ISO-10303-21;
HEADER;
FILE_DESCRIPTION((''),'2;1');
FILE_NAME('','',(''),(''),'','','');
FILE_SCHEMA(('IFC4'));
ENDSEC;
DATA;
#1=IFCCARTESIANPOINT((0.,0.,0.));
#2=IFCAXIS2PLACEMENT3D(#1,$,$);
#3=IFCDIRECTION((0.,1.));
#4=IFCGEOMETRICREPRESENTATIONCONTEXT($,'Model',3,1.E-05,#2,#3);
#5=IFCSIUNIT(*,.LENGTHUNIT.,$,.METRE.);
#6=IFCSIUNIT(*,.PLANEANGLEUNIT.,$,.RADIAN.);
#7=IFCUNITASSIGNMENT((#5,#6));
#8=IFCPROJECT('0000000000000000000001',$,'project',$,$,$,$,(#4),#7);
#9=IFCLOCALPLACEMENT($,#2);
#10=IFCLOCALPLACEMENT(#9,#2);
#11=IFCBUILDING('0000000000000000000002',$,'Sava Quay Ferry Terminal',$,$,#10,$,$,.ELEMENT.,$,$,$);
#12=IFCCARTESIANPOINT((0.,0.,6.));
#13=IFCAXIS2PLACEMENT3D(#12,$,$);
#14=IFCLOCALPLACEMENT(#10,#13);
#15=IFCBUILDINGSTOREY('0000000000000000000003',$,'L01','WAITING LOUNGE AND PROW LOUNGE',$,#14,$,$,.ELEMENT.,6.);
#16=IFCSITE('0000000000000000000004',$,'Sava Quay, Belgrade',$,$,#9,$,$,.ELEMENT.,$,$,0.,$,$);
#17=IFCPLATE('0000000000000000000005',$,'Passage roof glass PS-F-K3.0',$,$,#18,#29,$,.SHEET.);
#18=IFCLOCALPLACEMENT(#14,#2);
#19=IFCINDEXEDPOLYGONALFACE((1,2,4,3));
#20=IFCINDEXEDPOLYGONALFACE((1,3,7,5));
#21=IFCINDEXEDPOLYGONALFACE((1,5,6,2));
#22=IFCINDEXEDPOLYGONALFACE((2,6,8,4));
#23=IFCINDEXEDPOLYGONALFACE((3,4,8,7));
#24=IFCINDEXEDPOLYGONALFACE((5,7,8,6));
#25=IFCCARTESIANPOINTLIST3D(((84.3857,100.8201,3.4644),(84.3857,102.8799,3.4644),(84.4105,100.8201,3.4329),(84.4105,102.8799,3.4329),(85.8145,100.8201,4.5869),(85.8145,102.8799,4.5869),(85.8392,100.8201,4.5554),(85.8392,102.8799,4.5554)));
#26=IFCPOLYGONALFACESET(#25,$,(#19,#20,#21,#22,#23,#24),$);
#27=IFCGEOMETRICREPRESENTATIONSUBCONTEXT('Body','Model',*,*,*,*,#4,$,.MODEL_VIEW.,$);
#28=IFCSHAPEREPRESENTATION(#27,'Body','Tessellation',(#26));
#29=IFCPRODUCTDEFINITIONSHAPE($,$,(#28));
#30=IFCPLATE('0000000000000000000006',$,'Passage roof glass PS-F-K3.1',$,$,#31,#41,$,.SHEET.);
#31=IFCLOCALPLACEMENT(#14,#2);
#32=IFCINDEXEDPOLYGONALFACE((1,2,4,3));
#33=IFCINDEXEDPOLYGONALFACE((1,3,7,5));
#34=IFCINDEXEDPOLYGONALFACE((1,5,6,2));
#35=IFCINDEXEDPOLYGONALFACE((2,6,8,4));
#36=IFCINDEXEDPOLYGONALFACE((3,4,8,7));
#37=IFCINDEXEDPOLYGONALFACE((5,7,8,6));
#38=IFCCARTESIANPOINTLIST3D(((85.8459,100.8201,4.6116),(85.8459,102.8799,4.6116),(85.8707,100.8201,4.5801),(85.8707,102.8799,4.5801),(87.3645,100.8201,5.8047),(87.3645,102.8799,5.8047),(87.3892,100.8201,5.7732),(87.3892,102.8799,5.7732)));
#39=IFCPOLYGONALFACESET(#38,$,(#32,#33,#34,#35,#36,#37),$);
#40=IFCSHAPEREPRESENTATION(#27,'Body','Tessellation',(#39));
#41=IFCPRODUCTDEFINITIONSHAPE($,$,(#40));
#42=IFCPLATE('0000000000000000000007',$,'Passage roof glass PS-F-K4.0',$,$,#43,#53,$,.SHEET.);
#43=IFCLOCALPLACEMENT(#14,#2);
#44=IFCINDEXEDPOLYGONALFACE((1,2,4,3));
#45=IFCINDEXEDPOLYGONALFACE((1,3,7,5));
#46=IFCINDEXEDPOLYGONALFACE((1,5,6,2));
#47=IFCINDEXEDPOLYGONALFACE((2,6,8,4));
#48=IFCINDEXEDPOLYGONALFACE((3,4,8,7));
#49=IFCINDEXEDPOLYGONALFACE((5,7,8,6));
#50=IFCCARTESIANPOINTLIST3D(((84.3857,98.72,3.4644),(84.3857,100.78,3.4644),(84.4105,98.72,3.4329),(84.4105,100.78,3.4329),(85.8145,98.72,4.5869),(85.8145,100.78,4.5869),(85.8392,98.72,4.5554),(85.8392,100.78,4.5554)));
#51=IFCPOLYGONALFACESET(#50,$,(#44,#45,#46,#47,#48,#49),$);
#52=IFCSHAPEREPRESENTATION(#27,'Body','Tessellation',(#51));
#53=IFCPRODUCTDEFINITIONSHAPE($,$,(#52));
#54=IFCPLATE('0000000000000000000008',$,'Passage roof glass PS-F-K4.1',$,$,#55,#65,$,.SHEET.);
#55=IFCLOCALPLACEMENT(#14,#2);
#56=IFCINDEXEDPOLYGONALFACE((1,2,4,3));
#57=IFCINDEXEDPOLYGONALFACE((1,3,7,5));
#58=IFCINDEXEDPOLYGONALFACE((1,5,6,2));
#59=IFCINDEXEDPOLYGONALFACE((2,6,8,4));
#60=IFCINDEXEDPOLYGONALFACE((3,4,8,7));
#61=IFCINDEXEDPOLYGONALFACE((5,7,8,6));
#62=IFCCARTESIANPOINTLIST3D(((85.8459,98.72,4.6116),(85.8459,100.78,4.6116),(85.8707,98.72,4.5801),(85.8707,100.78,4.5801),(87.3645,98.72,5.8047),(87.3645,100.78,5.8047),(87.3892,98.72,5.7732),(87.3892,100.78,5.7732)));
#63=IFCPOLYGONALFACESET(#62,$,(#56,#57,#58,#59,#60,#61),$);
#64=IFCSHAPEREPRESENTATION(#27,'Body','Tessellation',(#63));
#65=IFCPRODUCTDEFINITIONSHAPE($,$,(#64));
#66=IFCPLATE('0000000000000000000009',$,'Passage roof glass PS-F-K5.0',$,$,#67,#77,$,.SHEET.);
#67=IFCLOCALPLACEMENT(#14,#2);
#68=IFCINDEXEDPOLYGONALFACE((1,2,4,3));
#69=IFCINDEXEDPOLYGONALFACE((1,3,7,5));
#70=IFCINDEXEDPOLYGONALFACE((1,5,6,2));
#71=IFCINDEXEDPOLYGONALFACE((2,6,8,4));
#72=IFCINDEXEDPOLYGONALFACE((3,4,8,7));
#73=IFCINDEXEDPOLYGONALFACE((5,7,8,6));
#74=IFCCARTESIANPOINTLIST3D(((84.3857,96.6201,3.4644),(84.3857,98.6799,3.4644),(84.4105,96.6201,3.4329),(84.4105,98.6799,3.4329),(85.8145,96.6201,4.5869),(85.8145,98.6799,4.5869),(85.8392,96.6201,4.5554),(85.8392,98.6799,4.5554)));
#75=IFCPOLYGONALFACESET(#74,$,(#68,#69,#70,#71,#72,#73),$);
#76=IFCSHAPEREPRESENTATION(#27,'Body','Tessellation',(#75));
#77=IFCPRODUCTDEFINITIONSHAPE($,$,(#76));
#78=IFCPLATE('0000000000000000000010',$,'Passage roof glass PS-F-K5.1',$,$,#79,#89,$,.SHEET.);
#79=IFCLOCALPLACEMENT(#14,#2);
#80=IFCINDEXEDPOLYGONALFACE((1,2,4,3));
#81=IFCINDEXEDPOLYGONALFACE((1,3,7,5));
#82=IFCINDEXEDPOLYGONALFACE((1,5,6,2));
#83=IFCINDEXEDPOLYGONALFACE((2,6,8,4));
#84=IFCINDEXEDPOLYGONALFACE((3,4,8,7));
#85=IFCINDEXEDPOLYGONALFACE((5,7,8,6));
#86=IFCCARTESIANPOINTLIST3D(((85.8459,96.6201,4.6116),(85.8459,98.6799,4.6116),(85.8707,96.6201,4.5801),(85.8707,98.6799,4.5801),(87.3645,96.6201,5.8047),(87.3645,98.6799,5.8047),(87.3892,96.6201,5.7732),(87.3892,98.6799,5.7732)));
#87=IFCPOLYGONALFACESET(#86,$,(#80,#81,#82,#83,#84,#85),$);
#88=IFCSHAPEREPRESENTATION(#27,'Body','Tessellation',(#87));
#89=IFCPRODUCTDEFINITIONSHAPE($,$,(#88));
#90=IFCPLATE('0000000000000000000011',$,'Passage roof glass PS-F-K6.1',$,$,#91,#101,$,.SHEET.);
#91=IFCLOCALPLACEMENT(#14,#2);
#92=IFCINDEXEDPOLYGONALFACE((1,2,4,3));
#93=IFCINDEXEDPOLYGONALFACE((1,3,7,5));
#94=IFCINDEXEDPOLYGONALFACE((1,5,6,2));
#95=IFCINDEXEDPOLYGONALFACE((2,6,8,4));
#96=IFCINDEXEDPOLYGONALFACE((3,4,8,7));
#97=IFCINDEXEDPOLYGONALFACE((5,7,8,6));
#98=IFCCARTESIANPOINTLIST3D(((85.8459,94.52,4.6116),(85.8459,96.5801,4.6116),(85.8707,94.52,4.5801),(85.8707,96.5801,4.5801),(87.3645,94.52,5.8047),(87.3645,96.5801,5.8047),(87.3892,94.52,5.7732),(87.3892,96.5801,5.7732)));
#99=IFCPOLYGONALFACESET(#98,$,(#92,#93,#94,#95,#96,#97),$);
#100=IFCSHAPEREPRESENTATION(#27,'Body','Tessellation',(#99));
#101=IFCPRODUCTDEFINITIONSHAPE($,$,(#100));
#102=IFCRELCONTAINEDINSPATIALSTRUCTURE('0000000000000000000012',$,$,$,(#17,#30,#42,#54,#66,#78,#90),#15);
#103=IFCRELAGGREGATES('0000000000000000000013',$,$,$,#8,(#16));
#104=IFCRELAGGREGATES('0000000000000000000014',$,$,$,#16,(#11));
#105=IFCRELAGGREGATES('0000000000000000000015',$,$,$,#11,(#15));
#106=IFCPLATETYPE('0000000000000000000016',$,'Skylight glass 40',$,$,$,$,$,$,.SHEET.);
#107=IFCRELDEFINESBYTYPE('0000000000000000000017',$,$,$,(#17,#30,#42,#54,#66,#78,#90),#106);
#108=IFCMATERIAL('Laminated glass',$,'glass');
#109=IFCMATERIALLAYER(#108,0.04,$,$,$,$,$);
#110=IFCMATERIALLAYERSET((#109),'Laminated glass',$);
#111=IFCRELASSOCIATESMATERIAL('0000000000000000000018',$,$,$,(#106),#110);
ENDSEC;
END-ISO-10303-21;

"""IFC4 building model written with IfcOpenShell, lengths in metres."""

from ifc_helpers import new_model, si_unit, direction, frame, origin, place, context, subcontext, project, spatial, polyline, outline, extrude, material, layer, layer_set, type_object, element, save


model = new_model("IFC4")

# Units and contexts
model_context = context("Model", 3, precision=1e-05, world=origin(), true_north=direction((0.0, 1.0)))
body_context = subcontext(model_context, "Body", "Model", "MODEL_VIEW")
ifc_project = project(units=[si_unit("LENGTHUNIT", "METRE"), si_unit("PLANEANGLEUNIT", "RADIAN")], contexts=[model_context])

# Site, building, storey
site_placement = place(None, origin())
site = spatial("IfcSite", under=ifc_project, at=site_placement, Name="Sava Quay, Belgrade", CompositionType="ELEMENT", RefElevation=0.0)
building_placement = place(site_placement, origin())
building = spatial("IfcBuilding", under=site, at=building_placement, Name="Sava Quay Ferry Terminal", CompositionType="ELEMENT")
storey_placement = place(building_placement, frame((0.0, 0.0, 6.0)))
storey = spatial("IfcBuildingStorey", under=building, at=storey_placement, Name="L01", Description="WAITING LOUNGE AND PROW LOUNGE", CompositionType="ELEMENT", Elevation=6.0)

# Plates
ifc_material_1 = material(Name="Laminated glass", Category="glass")
ifc_layer_1 = layer(ifc_material_1, 0.04)
ifc_layer_set_1 = layer_set([ifc_layer_1], Name="Laminated glass")
plate_type_1 = type_object("IfcPlateType", Name="Skylight glass 40", PredefinedType="SHEET", material=ifc_layer_set_1)
plate_1_placement = place(storey_placement, frame((85.8145, 102.8799, 4.5869), z_axis=(-0.617822, 0.0, 0.786318), x_axis=(0.0, -1.0, 0.0)))
element("IfcPlate", 1, at=plate_1_placement, inside=storey, type_object=plate_type_1, Name="Passage roof glass PS-F-K3.0", PredefinedType="SHEET", context=body_context, shape_type="SweptSolid", body=[
    extrude(outline(polyline([(0.0, 0.0), (2.0598, 0.0), (2.0598, -1.817), (0.0, -1.817), (0.0, 0.0)])), origin(), (0.0, 0.0, -1.0), 0.04),
])
plate_2_placement = place(storey_placement, frame((85.8459, 102.8799, 4.6116), z_axis=(-0.61781, 0.0, 0.786327), x_axis=(0.786327, 0.0, 0.61781)))
element("IfcPlate", 2, at=plate_2_placement, inside=storey, type_object=plate_type_1, Name="Passage roof glass PS-F-K3.1", PredefinedType="SHEET", context=body_context, shape_type="SweptSolid", body=[
    extrude(outline(polyline([(0.0, 0.0), (1.9312, 0.0), (1.9312, -2.0598), (0.0, -2.0598), (0.0, 0.0)])), origin(), (0.0, 0.0, -1.0), 0.04),
])
plate_3_placement = place(storey_placement, frame((85.8145, 100.78, 4.5869), z_axis=(-0.617822, 0.0, 0.786318), x_axis=(0.0, -1.0, 0.0)))
element("IfcPlate", 3, at=plate_3_placement, inside=storey, type_object=plate_type_1, Name="Passage roof glass PS-F-K4.0", PredefinedType="SHEET", context=body_context, shape_type="SweptSolid", body=[
    extrude(outline(polyline([(0.0, 0.0), (2.0601, 0.0), (2.0601, -1.817), (0.0, -1.817), (0.0, 0.0)])), origin(), (0.0, 0.0, -1.0), 0.04),
])
plate_4_placement = place(storey_placement, frame((85.8459, 100.78, 4.6116), z_axis=(-0.61781, 0.0, 0.786327), x_axis=(0.786327, 0.0, 0.61781)))
element("IfcPlate", 4, at=plate_4_placement, inside=storey, type_object=plate_type_1, Name="Passage roof glass PS-F-K4.1", PredefinedType="SHEET", context=body_context, shape_type="SweptSolid", body=[
    extrude(outline(polyline([(0.0, 0.0), (1.9312, 0.0), (1.9312, -2.0601), (0.0, -2.0601), (0.0, 0.0)])), origin(), (0.0, 0.0, -1.0), 0.04),
])
plate_5_placement = place(storey_placement, frame((85.8145, 98.6799, 4.5869), z_axis=(-0.617822, 0.0, 0.786318), x_axis=(0.0, -1.0, 0.0)))
element("IfcPlate", 5, at=plate_5_placement, inside=storey, type_object=plate_type_1, Name="Passage roof glass PS-F-K5.0", PredefinedType="SHEET", context=body_context, shape_type="SweptSolid", body=[
    extrude(outline(polyline([(0.0, 0.0), (2.0598, 0.0), (2.0598, -1.817), (0.0, -1.817), (0.0, 0.0)])), origin(), (0.0, 0.0, -1.0), 0.04),
])
plate_6_placement = place(storey_placement, frame((85.8459, 98.6799, 4.6116), z_axis=(-0.61781, 0.0, 0.786327), x_axis=(0.786327, 0.0, 0.61781)))
element("IfcPlate", 6, at=plate_6_placement, inside=storey, type_object=plate_type_1, Name="Passage roof glass PS-F-K5.1", PredefinedType="SHEET", context=body_context, shape_type="SweptSolid", body=[
    extrude(outline(polyline([(0.0, 0.0), (1.9312, 0.0), (1.9312, -2.0598), (0.0, -2.0598), (0.0, 0.0)])), origin(), (0.0, 0.0, -1.0), 0.04),
])
plate_7_placement = place(storey_placement, frame((85.8459, 96.5801, 4.6116), z_axis=(-0.61781, 0.0, 0.786327), x_axis=(0.786327, 0.0, 0.61781)))
element("IfcPlate", 7, at=plate_7_placement, inside=storey, type_object=plate_type_1, Name="Passage roof glass PS-F-K6.1", PredefinedType="SHEET", context=body_context, shape_type="SweptSolid", body=[
    extrude(outline(polyline([(0.0, 0.0), (1.9312, 0.0), (1.9312, -2.0601), (0.0, -2.0601), (0.0, 0.0)])), origin(), (0.0, 0.0, -1.0), 0.04),
])

save(model, "model.ifc")
